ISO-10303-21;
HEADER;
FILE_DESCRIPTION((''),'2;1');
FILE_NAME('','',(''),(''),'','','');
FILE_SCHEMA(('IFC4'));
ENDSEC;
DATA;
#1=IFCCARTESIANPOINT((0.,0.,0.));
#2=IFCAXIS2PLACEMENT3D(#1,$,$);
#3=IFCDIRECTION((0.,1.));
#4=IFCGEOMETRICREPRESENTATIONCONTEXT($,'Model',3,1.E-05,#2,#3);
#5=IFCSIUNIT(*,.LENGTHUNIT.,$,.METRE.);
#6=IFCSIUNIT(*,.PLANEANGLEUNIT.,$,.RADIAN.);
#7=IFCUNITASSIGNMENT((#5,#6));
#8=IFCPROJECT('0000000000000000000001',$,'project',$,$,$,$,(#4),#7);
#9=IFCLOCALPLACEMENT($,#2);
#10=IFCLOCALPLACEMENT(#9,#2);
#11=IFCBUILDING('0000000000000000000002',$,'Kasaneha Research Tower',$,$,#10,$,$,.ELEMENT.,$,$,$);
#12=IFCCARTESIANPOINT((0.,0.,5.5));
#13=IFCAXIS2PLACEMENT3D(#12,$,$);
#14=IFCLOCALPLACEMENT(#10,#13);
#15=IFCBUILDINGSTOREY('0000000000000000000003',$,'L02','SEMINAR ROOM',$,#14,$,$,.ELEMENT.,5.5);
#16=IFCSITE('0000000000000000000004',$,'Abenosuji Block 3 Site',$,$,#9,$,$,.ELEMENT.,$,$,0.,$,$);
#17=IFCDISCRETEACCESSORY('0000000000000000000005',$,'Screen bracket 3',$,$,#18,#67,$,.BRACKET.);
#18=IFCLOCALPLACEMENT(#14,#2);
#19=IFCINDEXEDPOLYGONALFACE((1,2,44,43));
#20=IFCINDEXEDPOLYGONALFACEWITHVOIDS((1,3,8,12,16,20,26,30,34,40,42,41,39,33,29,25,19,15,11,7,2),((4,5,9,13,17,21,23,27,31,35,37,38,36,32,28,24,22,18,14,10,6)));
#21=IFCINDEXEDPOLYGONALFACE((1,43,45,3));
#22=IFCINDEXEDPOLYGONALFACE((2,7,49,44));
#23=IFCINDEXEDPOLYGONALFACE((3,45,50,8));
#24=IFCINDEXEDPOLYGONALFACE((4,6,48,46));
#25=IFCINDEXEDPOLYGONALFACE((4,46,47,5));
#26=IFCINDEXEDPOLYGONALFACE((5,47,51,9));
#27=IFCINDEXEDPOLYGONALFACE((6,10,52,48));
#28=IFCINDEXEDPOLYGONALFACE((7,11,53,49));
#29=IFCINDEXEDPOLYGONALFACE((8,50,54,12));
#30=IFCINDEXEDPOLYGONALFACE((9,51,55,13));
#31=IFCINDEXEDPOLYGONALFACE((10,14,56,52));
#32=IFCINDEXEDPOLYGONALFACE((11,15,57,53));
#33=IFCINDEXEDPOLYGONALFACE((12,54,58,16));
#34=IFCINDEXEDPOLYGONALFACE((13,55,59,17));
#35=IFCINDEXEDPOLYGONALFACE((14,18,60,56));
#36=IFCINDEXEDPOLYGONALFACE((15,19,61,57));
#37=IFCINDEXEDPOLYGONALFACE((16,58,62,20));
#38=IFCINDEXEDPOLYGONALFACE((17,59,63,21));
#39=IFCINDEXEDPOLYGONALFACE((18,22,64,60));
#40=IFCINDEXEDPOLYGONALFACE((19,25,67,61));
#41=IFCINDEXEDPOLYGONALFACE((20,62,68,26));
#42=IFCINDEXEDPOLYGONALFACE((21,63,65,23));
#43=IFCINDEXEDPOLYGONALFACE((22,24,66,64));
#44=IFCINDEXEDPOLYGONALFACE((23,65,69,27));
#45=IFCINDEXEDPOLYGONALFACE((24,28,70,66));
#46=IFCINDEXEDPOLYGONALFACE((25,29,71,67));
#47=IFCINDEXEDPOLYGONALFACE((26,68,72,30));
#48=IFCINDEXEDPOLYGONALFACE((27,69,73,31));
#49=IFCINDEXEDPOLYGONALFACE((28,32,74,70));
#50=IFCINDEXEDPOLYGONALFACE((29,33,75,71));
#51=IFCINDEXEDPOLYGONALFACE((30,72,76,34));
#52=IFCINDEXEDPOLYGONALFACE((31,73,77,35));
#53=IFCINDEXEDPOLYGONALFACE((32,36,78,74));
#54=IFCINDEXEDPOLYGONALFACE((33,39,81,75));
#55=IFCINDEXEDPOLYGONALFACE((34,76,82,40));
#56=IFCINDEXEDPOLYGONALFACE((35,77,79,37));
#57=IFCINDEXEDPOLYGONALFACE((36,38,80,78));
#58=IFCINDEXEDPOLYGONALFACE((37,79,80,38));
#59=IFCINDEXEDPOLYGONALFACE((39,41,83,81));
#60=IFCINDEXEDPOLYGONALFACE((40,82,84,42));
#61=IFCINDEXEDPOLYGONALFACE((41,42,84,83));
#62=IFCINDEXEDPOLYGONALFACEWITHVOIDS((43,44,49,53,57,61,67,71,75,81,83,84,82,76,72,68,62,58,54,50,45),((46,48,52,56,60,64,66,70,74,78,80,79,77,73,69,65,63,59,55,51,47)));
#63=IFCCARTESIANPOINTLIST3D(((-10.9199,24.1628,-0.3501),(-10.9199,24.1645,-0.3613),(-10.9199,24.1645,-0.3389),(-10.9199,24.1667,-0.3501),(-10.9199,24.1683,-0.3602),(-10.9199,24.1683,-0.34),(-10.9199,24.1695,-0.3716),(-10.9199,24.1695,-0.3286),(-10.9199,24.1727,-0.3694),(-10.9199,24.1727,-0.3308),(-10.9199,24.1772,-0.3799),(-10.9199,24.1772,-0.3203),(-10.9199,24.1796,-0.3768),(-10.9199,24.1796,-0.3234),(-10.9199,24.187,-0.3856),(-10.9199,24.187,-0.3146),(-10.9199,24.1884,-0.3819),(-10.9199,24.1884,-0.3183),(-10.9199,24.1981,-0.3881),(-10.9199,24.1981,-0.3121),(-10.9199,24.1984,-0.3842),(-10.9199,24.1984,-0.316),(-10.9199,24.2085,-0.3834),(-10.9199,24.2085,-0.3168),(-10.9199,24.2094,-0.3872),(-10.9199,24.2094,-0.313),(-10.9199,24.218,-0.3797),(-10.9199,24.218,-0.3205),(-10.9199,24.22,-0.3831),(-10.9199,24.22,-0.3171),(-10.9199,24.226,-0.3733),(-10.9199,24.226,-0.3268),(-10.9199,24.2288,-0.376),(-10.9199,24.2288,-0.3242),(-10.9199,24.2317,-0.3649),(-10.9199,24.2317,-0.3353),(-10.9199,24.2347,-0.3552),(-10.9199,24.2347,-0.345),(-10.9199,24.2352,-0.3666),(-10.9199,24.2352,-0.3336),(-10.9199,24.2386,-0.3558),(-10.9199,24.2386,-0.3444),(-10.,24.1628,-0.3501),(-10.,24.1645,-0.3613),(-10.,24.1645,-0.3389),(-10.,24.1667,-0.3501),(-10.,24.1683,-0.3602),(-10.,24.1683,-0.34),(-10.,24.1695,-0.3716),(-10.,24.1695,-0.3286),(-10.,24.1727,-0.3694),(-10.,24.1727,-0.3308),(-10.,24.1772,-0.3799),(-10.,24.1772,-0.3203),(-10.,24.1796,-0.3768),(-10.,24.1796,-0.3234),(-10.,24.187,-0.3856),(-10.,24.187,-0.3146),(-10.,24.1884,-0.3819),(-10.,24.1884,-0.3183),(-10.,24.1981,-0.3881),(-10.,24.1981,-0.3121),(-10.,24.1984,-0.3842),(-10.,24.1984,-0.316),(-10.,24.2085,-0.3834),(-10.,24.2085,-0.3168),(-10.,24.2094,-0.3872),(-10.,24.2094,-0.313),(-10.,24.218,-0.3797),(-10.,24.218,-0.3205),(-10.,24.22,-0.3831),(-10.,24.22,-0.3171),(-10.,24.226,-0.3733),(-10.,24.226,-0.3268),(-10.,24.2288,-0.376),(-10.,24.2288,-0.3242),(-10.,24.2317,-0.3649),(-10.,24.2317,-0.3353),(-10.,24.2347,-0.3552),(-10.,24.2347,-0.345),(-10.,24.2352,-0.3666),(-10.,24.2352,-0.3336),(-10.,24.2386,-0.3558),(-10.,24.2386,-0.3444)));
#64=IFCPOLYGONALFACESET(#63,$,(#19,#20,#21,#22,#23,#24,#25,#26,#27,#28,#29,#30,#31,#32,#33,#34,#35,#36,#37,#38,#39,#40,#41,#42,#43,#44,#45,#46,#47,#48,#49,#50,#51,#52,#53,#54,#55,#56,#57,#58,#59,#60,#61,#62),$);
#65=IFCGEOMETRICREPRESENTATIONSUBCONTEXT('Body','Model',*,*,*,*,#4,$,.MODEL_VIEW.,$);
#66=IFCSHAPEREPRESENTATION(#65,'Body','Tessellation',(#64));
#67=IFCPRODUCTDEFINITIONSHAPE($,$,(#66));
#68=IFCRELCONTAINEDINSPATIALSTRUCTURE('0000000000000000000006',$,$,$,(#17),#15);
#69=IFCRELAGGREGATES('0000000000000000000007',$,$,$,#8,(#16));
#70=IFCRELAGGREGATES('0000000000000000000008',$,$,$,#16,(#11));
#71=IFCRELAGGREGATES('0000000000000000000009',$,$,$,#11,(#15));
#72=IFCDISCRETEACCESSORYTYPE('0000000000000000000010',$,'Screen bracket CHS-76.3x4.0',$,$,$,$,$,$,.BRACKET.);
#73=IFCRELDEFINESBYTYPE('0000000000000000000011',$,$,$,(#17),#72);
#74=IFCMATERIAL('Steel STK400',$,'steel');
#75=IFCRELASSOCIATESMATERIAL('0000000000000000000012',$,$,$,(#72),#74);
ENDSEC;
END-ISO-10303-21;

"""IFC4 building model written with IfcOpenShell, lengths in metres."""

from ifc_helpers import new_model, si_unit, direction, frame, origin, origin_2d, place, context, subcontext, project, spatial, hollow_circle, extrude, material, material_profile, profile_set, type_object, element, save


model = new_model("IFC4")

# Units and contexts
model_context = context("Model", 3, precision=1e-05, world=origin(), true_north=direction((0.0, 1.0)))
body_context = subcontext(model_context, "Body", "Model", "MODEL_VIEW")
ifc_project = project(units=[si_unit("LENGTHUNIT", "METRE"), si_unit("PLANEANGLEUNIT", "RADIAN")], contexts=[model_context])

# Site, building, storey
site_placement = place(None, origin())
site = spatial("IfcSite", under=ifc_project, at=site_placement, Name="Abenosuji Block 3 Site", CompositionType="ELEMENT", RefElevation=0.0)
building_placement = place(site_placement, origin())
building = spatial("IfcBuilding", under=site, at=building_placement, Name="Kasaneha Research Tower", CompositionType="ELEMENT")
storey_placement = place(building_placement, frame((0.0, 0.0, 5.5)))
storey = spatial("IfcBuildingStorey", under=building, at=storey_placement, Name="L02", Description="SEMINAR ROOM", CompositionType="ELEMENT", Elevation=5.5)

# Discrete accessory
ifc_material_1 = material(Name="Steel STK400", Category="steel")
ifc_material_profile_1 = material_profile(ifc_material_1, hollow_circle(Radius=0.0381, WallThickness=0.0039, at=origin_2d()), Name="CHS-76.3x4.0")
ifc_profile_set_1 = profile_set([ifc_material_profile_1], Name="Steel STK400")
discrete_accessory_type = type_object("IfcDiscreteAccessoryType", Name="Screen bracket CHS-76.3x4.0", PredefinedType="BRACKET", material=ifc_profile_set_1)
for number, where, z_axis, x_axis, name in (
    (1, (-10.0, 24.2009, -0.3501), (-1.0, 0.0, 0.0), (0.0, -1.0, 0.0), "Screen bracket 3"),
):
    element("IfcDiscreteAccessory", number, at=place(storey_placement, frame(where, z_axis=z_axis, x_axis=x_axis)), inside=storey, type_object=discrete_accessory_type, Name=name, PredefinedType="BRACKET", context=body_context, shape_type="SweptSolid", body=[
        extrude(hollow_circle(Radius=0.0381, WallThickness=0.0039, at=origin_2d()), origin(), (0.0, 0.0, 1.0), 0.9199),
    ])

save(model, "model.ifc")
